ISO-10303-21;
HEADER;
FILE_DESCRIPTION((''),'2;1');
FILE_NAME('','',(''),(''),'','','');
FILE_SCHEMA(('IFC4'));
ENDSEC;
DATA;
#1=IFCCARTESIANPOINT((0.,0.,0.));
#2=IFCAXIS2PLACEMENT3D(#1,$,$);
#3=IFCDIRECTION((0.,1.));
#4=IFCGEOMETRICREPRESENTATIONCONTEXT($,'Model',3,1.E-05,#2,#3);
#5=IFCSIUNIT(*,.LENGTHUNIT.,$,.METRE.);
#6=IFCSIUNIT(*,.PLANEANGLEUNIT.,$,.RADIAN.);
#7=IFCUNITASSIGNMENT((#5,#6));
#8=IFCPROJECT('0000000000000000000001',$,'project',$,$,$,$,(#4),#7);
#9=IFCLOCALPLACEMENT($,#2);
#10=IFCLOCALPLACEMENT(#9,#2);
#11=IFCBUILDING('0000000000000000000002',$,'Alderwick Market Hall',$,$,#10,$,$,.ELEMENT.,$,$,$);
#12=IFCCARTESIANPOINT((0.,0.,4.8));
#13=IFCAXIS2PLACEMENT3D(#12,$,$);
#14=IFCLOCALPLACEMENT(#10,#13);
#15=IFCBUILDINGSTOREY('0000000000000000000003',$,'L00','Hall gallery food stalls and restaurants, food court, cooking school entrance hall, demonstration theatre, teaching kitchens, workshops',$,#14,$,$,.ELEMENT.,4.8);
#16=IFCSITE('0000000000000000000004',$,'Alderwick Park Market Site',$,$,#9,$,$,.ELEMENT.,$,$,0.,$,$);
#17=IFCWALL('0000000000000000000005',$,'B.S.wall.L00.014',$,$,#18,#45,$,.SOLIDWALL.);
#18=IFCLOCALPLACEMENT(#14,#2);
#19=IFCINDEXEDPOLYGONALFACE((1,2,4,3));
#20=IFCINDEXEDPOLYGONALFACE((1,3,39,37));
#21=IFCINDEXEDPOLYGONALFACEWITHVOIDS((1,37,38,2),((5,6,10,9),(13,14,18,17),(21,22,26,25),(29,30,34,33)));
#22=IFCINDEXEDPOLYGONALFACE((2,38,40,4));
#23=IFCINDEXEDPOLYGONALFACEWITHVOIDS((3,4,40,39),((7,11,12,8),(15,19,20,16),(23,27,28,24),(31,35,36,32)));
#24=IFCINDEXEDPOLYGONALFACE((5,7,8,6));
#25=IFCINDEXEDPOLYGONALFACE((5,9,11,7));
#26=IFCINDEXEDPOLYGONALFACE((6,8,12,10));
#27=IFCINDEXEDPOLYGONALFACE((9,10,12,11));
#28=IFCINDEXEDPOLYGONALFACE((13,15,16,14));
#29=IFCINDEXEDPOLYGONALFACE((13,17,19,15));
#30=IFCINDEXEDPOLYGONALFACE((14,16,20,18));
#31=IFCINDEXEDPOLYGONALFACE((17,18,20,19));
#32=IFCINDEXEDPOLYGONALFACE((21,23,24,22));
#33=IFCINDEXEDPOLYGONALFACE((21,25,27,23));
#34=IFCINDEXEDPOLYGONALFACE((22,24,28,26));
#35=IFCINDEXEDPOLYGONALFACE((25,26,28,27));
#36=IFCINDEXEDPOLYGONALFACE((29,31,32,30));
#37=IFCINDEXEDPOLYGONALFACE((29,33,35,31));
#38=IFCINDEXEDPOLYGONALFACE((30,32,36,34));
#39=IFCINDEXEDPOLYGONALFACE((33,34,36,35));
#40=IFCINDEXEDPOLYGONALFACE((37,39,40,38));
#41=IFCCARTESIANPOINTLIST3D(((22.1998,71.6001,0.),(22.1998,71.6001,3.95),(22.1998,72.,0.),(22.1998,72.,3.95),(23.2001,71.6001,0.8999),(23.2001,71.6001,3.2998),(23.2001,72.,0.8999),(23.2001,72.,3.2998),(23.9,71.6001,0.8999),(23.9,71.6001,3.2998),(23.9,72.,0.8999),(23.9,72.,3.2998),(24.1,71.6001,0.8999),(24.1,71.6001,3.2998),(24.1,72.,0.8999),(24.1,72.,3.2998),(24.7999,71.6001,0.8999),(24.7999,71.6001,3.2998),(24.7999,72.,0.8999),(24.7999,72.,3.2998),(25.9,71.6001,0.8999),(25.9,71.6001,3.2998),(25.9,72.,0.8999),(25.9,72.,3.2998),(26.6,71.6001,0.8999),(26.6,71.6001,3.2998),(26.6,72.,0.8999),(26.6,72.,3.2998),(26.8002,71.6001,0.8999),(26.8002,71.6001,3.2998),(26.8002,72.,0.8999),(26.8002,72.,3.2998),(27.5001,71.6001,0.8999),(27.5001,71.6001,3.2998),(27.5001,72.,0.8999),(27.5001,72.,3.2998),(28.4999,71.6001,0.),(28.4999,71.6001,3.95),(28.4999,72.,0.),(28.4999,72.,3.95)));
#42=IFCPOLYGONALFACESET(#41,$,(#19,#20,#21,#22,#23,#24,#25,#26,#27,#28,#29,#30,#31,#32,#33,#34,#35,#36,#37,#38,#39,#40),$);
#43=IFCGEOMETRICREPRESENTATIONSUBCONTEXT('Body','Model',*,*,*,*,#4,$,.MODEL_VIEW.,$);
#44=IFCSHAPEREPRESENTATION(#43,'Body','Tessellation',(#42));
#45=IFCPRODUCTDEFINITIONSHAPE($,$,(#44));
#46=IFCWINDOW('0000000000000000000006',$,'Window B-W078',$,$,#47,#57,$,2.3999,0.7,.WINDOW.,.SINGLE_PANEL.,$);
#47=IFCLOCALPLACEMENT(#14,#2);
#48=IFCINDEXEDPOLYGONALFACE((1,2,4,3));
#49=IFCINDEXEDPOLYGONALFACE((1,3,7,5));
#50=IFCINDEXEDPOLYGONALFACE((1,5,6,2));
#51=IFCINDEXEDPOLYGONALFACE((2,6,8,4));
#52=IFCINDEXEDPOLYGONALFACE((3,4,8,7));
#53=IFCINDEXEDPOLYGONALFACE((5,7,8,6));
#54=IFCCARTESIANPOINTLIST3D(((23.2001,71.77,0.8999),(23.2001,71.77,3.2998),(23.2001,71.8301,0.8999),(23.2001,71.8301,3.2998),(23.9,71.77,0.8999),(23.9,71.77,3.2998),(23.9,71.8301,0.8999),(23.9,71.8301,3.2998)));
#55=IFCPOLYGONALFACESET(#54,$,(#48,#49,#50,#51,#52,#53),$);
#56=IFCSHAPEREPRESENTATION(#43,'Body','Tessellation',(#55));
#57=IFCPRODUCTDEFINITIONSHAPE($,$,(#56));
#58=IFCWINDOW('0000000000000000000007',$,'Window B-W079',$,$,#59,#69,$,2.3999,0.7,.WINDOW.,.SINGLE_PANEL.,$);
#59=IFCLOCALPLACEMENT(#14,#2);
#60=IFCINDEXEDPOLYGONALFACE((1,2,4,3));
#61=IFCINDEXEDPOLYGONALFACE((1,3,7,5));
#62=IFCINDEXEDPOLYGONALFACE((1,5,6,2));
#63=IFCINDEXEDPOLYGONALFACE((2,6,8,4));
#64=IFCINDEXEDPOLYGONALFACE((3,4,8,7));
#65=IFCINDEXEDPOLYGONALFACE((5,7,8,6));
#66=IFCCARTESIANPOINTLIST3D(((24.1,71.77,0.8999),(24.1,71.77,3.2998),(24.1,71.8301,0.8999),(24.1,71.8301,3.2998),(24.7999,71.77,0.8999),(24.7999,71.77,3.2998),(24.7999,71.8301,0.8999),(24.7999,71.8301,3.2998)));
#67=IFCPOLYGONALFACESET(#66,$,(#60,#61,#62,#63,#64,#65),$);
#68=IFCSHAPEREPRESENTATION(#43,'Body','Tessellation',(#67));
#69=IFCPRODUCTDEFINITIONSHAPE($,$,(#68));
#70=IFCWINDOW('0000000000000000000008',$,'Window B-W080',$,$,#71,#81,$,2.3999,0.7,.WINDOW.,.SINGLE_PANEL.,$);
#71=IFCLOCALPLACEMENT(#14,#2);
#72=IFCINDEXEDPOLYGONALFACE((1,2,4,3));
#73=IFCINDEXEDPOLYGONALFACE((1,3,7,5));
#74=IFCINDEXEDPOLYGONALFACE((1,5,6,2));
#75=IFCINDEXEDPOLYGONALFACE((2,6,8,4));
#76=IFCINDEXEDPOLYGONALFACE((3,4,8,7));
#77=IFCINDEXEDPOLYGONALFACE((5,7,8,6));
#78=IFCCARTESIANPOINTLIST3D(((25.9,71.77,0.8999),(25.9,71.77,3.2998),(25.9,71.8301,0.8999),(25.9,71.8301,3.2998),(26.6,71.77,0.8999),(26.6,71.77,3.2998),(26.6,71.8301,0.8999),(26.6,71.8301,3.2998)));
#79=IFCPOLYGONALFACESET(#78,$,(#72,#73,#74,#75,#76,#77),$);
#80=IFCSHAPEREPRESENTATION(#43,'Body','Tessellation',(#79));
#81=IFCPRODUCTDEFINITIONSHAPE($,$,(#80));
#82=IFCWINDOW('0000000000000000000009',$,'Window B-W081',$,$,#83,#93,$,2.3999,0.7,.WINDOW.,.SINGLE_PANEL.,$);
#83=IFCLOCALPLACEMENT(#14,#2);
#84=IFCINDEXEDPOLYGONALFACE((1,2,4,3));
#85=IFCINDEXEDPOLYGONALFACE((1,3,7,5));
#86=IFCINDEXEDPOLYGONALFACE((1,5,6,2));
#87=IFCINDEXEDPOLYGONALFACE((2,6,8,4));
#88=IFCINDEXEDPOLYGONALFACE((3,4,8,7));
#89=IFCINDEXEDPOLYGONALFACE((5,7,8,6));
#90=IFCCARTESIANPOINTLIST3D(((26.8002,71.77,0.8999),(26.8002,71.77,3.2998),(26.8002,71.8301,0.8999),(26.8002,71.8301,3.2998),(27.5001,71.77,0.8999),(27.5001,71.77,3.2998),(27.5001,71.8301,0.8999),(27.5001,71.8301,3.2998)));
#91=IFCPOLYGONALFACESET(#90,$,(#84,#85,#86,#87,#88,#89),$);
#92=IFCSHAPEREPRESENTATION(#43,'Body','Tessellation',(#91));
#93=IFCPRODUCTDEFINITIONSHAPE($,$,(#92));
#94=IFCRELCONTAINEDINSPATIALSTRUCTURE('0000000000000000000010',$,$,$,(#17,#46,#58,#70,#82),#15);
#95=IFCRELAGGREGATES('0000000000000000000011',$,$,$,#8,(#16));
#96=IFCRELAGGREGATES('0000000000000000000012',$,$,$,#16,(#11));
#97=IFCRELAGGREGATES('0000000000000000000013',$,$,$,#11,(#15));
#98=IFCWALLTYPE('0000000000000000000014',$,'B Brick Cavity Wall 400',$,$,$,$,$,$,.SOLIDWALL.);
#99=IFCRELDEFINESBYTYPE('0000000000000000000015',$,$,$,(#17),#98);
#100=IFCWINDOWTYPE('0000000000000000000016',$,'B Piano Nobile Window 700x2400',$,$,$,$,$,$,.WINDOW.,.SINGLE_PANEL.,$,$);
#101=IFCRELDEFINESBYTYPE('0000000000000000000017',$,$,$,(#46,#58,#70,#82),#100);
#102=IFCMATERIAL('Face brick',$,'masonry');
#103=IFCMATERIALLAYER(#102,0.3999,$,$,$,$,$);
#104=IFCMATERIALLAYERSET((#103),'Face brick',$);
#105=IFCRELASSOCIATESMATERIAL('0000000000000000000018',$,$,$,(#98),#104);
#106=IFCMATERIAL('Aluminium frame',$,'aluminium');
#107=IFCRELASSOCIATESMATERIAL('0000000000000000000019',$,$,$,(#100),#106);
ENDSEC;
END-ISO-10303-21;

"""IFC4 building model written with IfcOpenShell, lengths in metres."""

from ifc_helpers import new_model, si_unit, direction, frame, frame_2d, origin, place, context, subcontext, project, spatial, rectangle, extrude, material, layer, layer_set, type_object, element, fill, save


model = new_model("IFC4")

# Units and contexts
model_context = context("Model", 3, precision=1e-05, world=origin(), true_north=direction((0.0, 1.0)))
body_context = subcontext(model_context, "Body", "Model", "MODEL_VIEW")
ifc_project = project(units=[si_unit("LENGTHUNIT", "METRE"), si_unit("PLANEANGLEUNIT", "RADIAN")], contexts=[model_context])

# Site, building, storey
site_placement = place(None, origin())
site = spatial("IfcSite", under=ifc_project, at=site_placement, Name="Alderwick Park Market Site", CompositionType="ELEMENT", RefElevation=0.0)
building_placement = place(site_placement, origin())
building = spatial("IfcBuilding", under=site, at=building_placement, Name="Alderwick Market Hall", CompositionType="ELEMENT")
storey_placement = place(building_placement, frame((0.0, 0.0, 4.8)))
storey = spatial("IfcBuildingStorey", under=building, at=storey_placement, Name="L00", Description="Hall gallery food stalls and restaurants, food court, cooking school entrance hall, demonstration theatre, teaching kitchens, workshops", CompositionType="ELEMENT", Elevation=4.8)

# Wall, openings, windows
ifc_material_1 = material(Name="Face brick", Category="masonry")
ifc_layer = layer(ifc_material_1, 0.3999)
ifc_layer_set = layer_set([ifc_layer], Name="Face brick")
wall_type = type_object("IfcWallType", Name="B Brick Cavity Wall 400", PredefinedType="SOLIDWALL", material=ifc_layer_set)
ifc_material_2 = material(Name="Aluminium frame", Category="aluminium")
wall_1_placement = place(storey_placement, frame((22.2, 71.8, 0.0), z_axis=(0.0, 0.0, 1.0), x_axis=(1.0, 0.0, 0.0)))
wall_1 = element("IfcWall", 1, at=wall_1_placement, inside=storey, type_object=wall_type, Name="B.S.wall.L00.014", PredefinedType="SOLIDWALL", context=body_context, shape_type="SweptSolid", body=[
    extrude(rectangle(XDim=6.3, YDim=0.3999, at=frame_2d((3.1499, 0.0))), origin(), (0.0, 0.0, 1.0), 3.95),
])
opening_1_placement = place(wall_1_placement, frame((1.0, 0.0, 0.8999)))
opening_1 = element("IfcOpeningElement", 2, at=opening_1_placement, cuts=wall_1, PredefinedType="OPENING", context=body_context, shape_type="SweptSolid", body=[
    extrude(rectangle(XDim=0.7, YDim=2.3999, at=frame_2d((0.3501, 1.2))), frame((0.0, 0.21, 0.0), z_axis=(0.0, -1.0, 0.0), x_axis=(1.0, 0.0, 0.0)), (0.0, 0.0, 1.0), 0.4199),
])
opening_2_placement = place(wall_1_placement, frame((1.8999, 0.0, 0.8999)))
opening_2 = element("IfcOpeningElement", 3, at=opening_2_placement, cuts=wall_1, PredefinedType="OPENING", context=body_context, shape_type="SweptSolid", body=[
    extrude(rectangle(XDim=0.7, YDim=2.3999, at=frame_2d((0.3501, 1.2))), frame((0.0, 0.21, 0.0), z_axis=(0.0, -1.0, 0.0), x_axis=(1.0, 0.0, 0.0)), (0.0, 0.0, 1.0), 0.4199),
])
opening_3_placement = place(wall_1_placement, frame((3.7, 0.0, 0.8999)))
opening_3 = element("IfcOpeningElement", 4, at=opening_3_placement, cuts=wall_1, PredefinedType="OPENING", context=body_context, shape_type="SweptSolid", body=[
    extrude(rectangle(XDim=0.7, YDim=2.3999, at=frame_2d((0.3501, 1.2))), frame((0.0, 0.21, 0.0), z_axis=(0.0, -1.0, 0.0), x_axis=(1.0, 0.0, 0.0)), (0.0, 0.0, 1.0), 0.4199),
])
opening_4_placement = place(wall_1_placement, frame((4.6001, 0.0, 0.8999)))
opening_4 = element("IfcOpeningElement", 5, at=opening_4_placement, cuts=wall_1, PredefinedType="OPENING", context=body_context, shape_type="SweptSolid", body=[
    extrude(rectangle(XDim=0.7, YDim=2.3999, at=frame_2d((0.3501, 1.2))), frame((0.0, 0.21, 0.0), z_axis=(0.0, -1.0, 0.0), x_axis=(1.0, 0.0, 0.0)), (0.0, 0.0, 1.0), 0.4199),
])
window_type_1 = type_object("IfcWindowType", Name="B Piano Nobile Window 700x2400", PartitioningType="SINGLE_PANEL", PredefinedType="WINDOW", material=ifc_material_2)
window_1_placement = place(opening_1_placement, origin())
window_1 = element("IfcWindow", 6, at=window_1_placement, inside=storey, type_object=window_type_1, Name="Window B-W078", OverallHeight=2.3999, OverallWidth=0.7, PartitioningType="SINGLE_PANEL", PredefinedType="WINDOW", context=body_context, shape_type="SweptSolid", body=[
    extrude(rectangle(XDim=0.7, YDim=2.3999, at=frame_2d((0.3501, 1.2))), frame((0.0, 0.03, 0.0), z_axis=(0.0, -1.0, 0.0), x_axis=(1.0, 0.0, 0.0)), (0.0, 0.0, 1.0), 0.0601),
])
fill(opening_1, window_1)
window_2_placement = place(opening_2_placement, origin())
window_2 = element("IfcWindow", 7, at=window_2_placement, inside=storey, type_object=window_type_1, Name="Window B-W079", OverallHeight=2.3999, OverallWidth=0.7, PartitioningType="SINGLE_PANEL", PredefinedType="WINDOW", context=body_context, shape_type="SweptSolid", body=[
    extrude(rectangle(XDim=0.7, YDim=2.3999, at=frame_2d((0.3501, 1.2))), frame((0.0, 0.03, 0.0), z_axis=(0.0, -1.0, 0.0), x_axis=(1.0, 0.0, 0.0)), (0.0, 0.0, 1.0), 0.0601),
])
fill(opening_2, window_2)
window_3_placement = place(opening_3_placement, origin())
window_3 = element("IfcWindow", 8, at=window_3_placement, inside=storey, type_object=window_type_1, Name="Window B-W080", OverallHeight=2.3999, OverallWidth=0.7, PartitioningType="SINGLE_PANEL", PredefinedType="WINDOW", context=body_context, shape_type="SweptSolid", body=[
    extrude(rectangle(XDim=0.7, YDim=2.3999, at=frame_2d((0.3501, 1.2))), frame((0.0, 0.03, 0.0), z_axis=(0.0, -1.0, 0.0), x_axis=(1.0, 0.0, 0.0)), (0.0, 0.0, 1.0), 0.0601),
])
fill(opening_3, window_3)
window_4_placement = place(opening_4_placement, origin())
window_4 = element("IfcWindow", 9, at=window_4_placement, inside=storey, type_object=window_type_1, Name="Window B-W081", OverallHeight=2.3999, OverallWidth=0.7, PartitioningType="SINGLE_PANEL", PredefinedType="WINDOW", context=body_context, shape_type="SweptSolid", body=[
    extrude(rectangle(XDim=0.7, YDim=2.3999, at=frame_2d((0.3501, 1.2))), frame((0.0, 0.03, 0.0), z_axis=(0.0, -1.0, 0.0), x_axis=(1.0, 0.0, 0.0)), (0.0, 0.0, 1.0), 0.0601),
])
fill(opening_4, window_4)

save(model, "model.ifc")
